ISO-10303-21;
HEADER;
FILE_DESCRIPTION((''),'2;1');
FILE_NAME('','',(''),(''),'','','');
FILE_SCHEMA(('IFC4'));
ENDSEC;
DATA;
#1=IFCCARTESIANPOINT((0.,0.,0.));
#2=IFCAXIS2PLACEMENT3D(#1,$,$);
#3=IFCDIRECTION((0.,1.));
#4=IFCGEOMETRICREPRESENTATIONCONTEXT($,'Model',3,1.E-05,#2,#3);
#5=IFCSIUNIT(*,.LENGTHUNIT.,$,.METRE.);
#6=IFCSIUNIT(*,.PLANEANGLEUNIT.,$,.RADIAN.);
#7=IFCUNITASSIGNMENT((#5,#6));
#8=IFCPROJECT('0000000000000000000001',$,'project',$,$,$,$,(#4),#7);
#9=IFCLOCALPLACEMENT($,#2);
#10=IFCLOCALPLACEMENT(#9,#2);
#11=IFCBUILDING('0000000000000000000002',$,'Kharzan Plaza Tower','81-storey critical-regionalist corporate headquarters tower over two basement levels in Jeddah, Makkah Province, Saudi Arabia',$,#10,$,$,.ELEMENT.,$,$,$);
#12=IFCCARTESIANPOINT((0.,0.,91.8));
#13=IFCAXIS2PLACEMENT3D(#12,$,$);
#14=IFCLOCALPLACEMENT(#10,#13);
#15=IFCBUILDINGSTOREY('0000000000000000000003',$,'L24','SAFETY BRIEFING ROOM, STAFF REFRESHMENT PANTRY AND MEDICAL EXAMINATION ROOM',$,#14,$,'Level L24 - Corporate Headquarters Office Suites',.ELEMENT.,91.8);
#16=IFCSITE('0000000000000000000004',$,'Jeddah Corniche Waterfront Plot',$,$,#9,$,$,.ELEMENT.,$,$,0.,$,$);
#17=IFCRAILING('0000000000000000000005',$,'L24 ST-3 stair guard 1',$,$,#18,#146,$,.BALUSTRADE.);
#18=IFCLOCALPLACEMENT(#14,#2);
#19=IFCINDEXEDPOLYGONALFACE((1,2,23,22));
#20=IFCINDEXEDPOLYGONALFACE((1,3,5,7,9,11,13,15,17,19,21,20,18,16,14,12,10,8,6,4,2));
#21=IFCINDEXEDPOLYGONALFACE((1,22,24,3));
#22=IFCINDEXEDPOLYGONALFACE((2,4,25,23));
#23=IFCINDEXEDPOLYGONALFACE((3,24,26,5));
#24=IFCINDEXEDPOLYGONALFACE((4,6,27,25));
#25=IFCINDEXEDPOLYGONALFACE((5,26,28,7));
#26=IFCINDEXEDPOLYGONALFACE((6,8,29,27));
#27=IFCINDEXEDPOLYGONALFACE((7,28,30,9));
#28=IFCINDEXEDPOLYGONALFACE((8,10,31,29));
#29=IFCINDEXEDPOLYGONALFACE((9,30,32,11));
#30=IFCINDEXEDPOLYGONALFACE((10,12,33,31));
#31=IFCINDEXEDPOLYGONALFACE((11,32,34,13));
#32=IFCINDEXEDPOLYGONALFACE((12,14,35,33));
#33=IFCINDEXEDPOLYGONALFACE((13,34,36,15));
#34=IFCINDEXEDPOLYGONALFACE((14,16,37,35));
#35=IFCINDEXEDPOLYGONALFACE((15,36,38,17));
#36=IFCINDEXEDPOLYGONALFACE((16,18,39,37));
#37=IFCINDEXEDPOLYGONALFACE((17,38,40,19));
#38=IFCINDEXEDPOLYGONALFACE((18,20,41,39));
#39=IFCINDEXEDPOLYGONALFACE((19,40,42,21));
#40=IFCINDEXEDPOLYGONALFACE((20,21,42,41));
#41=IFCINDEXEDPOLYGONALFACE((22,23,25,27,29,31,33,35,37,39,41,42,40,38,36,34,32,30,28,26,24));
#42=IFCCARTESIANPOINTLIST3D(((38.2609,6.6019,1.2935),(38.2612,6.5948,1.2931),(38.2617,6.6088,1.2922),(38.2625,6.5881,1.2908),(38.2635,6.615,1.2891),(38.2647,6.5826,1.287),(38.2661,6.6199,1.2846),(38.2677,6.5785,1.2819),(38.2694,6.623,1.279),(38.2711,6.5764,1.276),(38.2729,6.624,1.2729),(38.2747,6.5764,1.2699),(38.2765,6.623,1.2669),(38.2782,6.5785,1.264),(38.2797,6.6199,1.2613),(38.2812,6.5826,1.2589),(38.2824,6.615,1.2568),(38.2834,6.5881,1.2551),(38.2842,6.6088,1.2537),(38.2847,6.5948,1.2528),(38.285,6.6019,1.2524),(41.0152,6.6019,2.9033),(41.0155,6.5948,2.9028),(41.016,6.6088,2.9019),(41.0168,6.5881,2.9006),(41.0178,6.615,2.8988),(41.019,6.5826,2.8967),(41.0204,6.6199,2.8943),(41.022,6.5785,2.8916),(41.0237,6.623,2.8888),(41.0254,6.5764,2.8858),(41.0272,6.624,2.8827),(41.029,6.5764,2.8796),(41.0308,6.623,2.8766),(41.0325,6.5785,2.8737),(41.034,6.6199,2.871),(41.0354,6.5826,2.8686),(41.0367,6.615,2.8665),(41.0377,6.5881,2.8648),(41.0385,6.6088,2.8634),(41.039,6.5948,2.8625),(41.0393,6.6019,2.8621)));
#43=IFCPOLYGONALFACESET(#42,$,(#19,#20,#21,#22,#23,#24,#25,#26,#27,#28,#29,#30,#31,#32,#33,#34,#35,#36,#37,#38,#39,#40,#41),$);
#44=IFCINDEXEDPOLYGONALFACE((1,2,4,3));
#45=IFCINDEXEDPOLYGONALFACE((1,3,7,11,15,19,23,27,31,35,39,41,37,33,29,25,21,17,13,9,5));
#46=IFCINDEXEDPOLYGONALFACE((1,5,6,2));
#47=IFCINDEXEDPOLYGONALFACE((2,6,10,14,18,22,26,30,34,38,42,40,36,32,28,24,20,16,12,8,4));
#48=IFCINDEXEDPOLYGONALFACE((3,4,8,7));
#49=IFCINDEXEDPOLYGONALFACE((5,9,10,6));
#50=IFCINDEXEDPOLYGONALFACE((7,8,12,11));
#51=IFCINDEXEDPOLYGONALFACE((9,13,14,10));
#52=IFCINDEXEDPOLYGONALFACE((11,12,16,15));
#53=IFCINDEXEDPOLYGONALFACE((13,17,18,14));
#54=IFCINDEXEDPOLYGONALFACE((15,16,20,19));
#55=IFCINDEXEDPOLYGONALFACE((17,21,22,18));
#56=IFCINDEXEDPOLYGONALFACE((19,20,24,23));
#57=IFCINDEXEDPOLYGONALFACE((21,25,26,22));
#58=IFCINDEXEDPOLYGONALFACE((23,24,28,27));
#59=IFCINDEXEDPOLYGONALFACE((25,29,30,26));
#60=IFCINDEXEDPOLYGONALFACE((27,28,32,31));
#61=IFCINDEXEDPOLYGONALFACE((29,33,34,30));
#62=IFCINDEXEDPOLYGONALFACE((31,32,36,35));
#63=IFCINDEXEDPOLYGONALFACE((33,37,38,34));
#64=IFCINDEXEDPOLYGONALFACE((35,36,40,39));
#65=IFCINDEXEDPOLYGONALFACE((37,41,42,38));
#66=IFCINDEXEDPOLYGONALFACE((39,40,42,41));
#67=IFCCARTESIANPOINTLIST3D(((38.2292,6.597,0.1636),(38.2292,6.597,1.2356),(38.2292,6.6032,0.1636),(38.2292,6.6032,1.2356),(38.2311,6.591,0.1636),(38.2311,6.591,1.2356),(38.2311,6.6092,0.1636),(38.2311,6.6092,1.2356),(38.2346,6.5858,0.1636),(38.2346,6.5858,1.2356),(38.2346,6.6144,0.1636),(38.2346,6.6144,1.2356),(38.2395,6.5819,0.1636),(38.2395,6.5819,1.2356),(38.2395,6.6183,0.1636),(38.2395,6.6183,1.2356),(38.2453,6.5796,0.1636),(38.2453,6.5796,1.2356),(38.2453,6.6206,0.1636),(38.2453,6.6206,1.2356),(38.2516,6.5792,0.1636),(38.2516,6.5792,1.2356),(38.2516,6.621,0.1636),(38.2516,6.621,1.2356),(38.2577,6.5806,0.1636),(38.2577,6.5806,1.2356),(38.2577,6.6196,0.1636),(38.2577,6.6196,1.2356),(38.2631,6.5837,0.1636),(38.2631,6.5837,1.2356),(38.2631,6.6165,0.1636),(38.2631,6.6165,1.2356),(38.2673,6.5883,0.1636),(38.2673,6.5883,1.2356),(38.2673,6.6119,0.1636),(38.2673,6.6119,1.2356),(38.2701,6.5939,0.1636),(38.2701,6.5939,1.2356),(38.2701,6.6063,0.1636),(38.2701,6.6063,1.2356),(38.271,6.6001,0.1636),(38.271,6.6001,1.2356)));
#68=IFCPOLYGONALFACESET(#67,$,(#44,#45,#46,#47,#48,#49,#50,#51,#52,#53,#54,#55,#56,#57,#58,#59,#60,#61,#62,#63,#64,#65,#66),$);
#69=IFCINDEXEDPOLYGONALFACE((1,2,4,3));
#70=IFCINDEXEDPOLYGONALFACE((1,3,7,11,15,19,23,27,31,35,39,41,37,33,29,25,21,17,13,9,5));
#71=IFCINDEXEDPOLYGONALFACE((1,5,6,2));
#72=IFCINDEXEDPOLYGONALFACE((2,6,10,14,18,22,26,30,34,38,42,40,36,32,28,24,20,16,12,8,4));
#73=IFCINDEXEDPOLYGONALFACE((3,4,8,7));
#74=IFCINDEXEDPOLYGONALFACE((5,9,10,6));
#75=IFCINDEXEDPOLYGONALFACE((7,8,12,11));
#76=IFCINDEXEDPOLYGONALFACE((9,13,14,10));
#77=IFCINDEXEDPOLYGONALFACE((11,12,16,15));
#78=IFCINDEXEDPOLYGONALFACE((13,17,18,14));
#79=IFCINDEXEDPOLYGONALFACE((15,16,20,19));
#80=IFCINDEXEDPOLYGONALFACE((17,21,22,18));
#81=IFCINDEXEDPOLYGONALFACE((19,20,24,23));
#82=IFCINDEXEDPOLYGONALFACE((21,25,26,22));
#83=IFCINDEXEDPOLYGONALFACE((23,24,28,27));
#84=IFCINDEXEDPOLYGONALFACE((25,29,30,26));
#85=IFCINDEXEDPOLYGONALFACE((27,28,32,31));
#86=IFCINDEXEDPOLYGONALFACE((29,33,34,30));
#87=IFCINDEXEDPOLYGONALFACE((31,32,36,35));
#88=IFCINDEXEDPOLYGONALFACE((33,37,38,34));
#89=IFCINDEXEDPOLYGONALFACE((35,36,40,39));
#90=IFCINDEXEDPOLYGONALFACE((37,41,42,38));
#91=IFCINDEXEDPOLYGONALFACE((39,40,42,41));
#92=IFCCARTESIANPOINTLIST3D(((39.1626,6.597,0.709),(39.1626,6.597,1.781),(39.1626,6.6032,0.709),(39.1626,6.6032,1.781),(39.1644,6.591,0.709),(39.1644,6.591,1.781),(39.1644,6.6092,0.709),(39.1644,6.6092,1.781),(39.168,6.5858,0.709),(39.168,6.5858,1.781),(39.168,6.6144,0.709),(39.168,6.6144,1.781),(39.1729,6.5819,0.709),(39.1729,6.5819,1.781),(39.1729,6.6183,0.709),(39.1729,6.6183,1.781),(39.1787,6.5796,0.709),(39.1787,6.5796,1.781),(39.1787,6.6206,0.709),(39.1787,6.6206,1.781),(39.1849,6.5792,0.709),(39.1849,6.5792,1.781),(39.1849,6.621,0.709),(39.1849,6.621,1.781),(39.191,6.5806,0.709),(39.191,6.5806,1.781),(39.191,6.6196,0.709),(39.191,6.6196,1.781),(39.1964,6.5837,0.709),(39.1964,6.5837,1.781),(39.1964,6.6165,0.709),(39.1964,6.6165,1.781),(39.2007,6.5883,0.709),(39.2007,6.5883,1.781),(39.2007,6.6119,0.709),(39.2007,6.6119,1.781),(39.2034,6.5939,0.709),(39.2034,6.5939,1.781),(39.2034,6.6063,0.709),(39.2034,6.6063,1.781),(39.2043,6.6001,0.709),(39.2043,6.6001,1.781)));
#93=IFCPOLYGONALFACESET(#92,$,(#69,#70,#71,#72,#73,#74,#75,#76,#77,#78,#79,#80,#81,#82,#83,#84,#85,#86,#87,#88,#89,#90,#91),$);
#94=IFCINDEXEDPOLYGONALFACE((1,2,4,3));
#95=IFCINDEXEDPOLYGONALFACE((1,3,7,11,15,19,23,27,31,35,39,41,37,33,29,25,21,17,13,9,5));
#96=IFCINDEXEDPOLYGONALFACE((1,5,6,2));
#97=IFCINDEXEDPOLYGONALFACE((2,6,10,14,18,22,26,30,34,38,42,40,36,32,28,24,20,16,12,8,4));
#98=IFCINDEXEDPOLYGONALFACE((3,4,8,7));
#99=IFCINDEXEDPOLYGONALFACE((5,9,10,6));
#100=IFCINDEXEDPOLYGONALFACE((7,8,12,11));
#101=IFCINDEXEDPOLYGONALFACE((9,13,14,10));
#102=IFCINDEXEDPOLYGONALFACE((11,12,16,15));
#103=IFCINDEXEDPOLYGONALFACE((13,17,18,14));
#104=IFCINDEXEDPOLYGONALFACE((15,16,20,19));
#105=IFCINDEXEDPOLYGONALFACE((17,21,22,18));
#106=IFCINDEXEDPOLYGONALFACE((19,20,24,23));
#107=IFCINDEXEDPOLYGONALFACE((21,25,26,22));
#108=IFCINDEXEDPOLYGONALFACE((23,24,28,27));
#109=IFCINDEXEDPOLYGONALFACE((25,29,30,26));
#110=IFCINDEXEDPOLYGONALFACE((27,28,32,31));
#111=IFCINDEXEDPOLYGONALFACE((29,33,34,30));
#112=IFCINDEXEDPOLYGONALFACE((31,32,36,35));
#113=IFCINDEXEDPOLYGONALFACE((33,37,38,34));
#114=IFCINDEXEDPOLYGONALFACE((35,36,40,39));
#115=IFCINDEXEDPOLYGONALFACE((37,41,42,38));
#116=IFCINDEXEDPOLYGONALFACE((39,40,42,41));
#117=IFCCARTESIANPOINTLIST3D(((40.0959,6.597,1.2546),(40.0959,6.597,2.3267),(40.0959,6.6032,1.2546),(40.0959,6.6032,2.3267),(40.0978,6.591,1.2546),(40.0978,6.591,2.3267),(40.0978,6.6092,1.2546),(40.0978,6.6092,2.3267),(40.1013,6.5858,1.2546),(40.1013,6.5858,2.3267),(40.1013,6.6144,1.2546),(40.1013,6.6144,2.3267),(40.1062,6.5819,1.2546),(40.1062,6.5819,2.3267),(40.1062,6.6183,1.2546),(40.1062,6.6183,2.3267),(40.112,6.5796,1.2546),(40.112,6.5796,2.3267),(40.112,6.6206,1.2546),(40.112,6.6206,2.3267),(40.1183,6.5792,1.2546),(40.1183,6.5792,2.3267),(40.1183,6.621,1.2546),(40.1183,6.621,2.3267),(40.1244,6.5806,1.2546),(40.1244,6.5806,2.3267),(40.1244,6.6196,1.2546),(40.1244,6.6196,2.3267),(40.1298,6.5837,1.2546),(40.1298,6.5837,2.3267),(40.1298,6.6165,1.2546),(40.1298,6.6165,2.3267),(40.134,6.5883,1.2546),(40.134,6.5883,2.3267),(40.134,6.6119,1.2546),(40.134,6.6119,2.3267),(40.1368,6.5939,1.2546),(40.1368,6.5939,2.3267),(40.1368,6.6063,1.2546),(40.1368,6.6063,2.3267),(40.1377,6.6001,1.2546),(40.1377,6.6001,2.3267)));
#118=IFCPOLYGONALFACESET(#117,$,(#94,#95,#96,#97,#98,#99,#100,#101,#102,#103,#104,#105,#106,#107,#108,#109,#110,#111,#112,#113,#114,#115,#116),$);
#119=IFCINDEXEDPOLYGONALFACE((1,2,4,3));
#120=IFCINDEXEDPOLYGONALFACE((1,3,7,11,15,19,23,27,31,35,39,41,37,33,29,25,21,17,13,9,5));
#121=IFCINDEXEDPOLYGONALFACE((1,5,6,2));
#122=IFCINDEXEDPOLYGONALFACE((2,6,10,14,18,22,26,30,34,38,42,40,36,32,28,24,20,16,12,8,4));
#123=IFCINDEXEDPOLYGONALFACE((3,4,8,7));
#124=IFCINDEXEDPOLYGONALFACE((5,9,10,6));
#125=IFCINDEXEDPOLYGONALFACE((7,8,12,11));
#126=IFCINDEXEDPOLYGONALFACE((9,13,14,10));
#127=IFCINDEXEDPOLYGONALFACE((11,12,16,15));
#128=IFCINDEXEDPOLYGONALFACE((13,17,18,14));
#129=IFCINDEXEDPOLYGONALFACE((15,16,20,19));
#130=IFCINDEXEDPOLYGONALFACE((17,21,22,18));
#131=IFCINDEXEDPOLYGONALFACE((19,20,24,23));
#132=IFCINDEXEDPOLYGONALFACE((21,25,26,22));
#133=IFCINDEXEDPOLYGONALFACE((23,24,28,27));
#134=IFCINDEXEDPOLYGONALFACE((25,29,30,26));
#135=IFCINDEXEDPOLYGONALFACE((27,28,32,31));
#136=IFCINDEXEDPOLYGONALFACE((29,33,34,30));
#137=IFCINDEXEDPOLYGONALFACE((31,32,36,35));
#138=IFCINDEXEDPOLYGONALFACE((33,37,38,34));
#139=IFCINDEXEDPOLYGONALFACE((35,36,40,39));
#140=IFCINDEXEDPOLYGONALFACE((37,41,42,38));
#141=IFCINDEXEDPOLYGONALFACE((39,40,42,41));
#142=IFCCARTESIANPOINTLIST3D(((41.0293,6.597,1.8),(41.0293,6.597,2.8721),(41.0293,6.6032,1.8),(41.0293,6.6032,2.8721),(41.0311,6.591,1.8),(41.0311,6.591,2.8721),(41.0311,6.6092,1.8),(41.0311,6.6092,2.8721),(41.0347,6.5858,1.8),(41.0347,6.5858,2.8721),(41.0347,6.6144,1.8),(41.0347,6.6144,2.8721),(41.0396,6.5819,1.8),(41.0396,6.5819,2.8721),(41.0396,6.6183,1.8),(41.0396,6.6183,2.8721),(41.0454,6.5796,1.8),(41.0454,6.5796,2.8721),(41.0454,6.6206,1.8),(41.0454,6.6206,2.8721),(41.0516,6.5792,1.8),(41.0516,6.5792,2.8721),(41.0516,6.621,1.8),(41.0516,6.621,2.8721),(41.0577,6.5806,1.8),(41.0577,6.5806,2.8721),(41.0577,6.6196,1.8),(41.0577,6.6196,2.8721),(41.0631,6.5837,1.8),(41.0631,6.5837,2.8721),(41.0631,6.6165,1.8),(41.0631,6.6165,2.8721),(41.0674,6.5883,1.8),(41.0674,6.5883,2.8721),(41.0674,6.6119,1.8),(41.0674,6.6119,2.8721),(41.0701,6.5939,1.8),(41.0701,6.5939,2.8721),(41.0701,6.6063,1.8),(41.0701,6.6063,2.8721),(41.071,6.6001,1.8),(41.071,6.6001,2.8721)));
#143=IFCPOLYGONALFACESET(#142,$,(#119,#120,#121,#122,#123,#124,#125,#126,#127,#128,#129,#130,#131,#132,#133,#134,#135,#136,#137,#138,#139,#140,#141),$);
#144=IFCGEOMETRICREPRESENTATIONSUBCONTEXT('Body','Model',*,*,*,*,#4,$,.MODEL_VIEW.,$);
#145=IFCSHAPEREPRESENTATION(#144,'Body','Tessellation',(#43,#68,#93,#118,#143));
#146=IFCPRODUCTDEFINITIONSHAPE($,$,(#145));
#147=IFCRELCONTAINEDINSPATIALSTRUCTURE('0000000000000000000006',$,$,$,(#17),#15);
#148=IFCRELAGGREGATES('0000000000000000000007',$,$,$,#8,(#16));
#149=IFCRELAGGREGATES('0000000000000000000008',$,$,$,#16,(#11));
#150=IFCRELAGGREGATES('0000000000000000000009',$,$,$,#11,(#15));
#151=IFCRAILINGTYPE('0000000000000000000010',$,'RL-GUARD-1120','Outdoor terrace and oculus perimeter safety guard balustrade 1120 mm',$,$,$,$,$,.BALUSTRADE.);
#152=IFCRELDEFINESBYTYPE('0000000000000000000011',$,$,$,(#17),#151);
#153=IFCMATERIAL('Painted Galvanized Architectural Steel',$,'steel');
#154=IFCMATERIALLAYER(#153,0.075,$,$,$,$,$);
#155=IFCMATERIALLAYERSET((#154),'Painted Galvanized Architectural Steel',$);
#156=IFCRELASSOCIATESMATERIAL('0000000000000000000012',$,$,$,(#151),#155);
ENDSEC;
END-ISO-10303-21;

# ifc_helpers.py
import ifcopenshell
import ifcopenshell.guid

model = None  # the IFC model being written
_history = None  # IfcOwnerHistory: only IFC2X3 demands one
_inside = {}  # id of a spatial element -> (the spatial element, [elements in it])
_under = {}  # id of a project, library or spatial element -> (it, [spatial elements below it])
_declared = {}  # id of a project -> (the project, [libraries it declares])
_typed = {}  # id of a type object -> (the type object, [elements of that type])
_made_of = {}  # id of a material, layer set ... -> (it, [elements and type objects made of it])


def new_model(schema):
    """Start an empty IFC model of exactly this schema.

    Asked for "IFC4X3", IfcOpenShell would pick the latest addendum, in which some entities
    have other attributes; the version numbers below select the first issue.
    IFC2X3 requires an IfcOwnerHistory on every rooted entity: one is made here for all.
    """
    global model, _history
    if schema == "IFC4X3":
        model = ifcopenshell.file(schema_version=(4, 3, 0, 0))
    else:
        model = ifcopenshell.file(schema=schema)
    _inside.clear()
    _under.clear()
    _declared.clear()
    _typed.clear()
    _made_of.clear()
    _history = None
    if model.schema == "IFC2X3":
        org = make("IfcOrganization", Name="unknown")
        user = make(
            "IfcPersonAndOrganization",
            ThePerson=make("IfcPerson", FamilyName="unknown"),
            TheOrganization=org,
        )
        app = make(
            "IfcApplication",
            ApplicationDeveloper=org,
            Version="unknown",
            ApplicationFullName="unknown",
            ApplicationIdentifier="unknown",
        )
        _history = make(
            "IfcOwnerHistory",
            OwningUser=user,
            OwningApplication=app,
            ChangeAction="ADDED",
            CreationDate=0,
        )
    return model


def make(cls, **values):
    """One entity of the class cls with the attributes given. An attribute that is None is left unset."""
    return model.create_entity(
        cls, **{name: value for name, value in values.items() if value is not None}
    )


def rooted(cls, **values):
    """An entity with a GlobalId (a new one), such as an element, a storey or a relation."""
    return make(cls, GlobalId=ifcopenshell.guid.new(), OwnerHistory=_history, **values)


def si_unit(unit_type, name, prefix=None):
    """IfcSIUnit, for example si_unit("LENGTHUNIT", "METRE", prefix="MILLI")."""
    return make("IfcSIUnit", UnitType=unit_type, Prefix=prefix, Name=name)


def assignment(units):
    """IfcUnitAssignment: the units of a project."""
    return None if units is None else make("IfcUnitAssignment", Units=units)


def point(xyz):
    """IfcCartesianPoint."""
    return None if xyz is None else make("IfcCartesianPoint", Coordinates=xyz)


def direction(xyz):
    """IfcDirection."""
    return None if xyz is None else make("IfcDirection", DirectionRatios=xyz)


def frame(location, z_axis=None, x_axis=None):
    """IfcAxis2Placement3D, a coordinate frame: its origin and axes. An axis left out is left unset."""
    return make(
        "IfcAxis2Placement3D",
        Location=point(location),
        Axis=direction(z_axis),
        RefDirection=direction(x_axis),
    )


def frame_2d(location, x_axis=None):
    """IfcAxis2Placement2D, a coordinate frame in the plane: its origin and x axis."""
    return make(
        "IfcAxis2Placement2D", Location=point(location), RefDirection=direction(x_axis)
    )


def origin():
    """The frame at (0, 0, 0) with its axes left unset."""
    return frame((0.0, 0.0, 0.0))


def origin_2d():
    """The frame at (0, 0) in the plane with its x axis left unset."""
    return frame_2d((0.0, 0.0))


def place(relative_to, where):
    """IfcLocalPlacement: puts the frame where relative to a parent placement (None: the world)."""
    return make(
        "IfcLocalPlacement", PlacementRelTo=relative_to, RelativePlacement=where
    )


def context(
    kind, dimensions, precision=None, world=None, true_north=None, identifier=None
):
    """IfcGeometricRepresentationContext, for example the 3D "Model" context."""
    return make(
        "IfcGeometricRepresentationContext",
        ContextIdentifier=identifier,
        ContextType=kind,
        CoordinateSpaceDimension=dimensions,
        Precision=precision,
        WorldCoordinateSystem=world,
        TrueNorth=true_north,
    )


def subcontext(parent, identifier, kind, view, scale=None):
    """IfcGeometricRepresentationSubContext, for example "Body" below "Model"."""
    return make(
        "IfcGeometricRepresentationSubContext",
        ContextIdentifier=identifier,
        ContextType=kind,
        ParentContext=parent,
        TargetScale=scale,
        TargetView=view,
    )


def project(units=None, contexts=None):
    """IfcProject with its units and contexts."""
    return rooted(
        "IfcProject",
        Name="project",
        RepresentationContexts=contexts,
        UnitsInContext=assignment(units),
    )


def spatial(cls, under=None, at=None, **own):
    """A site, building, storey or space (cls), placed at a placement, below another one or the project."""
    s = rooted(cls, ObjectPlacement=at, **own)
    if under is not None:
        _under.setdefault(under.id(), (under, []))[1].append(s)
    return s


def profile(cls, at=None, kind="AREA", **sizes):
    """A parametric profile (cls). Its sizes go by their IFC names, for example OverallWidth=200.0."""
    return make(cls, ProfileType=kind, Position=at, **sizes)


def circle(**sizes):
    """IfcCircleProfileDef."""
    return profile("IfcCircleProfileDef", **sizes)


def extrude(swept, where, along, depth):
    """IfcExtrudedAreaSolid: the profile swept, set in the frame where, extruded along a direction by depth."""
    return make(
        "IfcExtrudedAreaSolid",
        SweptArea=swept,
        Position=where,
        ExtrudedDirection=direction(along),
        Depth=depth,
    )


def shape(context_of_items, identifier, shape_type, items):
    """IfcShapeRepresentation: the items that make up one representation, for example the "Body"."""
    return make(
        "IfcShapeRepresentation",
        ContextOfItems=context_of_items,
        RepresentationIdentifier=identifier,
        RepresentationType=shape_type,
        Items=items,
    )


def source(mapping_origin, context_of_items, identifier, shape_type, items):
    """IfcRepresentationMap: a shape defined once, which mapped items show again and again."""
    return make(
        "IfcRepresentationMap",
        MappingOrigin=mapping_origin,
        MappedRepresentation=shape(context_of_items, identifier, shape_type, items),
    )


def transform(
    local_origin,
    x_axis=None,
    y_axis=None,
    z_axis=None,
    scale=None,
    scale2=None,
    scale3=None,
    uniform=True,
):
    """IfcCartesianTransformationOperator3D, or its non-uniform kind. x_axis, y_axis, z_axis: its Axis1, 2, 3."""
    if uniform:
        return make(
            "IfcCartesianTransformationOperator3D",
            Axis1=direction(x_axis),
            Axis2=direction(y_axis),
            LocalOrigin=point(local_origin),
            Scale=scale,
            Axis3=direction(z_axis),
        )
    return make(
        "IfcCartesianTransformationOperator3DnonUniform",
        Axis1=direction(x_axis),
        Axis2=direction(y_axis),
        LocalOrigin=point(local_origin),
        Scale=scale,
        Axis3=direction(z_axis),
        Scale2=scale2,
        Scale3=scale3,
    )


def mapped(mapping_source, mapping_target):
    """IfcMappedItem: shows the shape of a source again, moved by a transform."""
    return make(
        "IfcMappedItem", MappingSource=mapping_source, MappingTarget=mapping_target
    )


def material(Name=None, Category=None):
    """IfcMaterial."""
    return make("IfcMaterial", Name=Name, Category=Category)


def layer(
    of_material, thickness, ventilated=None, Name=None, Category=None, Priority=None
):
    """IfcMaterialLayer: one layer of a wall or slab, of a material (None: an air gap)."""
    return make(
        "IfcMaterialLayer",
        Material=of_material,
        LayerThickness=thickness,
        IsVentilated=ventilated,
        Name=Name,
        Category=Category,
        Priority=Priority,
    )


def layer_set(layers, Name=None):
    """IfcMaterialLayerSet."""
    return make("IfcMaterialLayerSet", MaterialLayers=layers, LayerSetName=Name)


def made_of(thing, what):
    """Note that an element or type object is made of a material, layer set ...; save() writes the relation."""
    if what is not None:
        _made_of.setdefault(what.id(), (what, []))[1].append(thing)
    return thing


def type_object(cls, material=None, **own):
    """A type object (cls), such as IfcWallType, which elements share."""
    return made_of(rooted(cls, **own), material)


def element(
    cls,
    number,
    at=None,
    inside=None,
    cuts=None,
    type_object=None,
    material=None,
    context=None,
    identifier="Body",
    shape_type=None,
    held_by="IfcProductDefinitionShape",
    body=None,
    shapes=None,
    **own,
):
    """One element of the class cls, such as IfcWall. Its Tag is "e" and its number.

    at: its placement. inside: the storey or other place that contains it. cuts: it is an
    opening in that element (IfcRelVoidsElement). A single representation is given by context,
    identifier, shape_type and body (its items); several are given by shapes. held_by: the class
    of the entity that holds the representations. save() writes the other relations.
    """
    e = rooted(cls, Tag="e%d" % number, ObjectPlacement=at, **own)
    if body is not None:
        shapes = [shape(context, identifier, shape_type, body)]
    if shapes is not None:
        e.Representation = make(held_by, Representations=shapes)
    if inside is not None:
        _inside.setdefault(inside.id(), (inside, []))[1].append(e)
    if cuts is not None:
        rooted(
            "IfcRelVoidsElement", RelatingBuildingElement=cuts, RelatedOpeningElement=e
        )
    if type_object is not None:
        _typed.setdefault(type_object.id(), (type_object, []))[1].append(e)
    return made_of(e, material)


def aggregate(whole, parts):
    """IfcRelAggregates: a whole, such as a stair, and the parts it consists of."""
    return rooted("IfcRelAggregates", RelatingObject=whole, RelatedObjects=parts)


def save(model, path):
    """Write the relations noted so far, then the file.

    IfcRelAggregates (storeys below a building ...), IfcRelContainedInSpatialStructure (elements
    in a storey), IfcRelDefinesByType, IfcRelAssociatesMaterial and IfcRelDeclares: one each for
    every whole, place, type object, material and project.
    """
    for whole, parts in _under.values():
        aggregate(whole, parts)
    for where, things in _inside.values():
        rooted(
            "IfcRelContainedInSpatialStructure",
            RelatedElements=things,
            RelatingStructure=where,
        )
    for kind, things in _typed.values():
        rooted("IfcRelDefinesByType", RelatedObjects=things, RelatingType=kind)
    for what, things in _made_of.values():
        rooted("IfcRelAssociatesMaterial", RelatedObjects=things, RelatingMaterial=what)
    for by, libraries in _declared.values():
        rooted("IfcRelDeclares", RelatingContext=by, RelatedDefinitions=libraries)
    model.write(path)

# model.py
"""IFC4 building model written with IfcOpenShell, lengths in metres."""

from ifc_helpers import new_model, si_unit, direction, frame, origin, origin_2d, place, context, subcontext, project, spatial, circle, extrude, source, transform, mapped, material, layer, layer_set, type_object, element, save


model = new_model("IFC4")

# Units and contexts
model_context = context("Model", 3, precision=1e-05, world=origin(), true_north=direction((0.0, 1.0)))
body_context = subcontext(model_context, "Body", "Model", "MODEL_VIEW")
ifc_project = project(units=[si_unit("LENGTHUNIT", "METRE"), si_unit("PLANEANGLEUNIT", "RADIAN")], contexts=[model_context])

# Site, building, storey
site_placement = place(None, origin())
site = spatial("IfcSite", under=ifc_project, at=site_placement, Name="Jeddah Corniche Waterfront Plot", CompositionType="ELEMENT", RefElevation=0.0)
building_placement = place(site_placement, origin())
building = spatial("IfcBuilding", under=site, at=building_placement, Name="Kharzan Plaza Tower", Description="81-storey critical-regionalist corporate headquarters tower over two basement levels in Jeddah, Makkah Province, Saudi Arabia", CompositionType="ELEMENT")
storey_placement = place(building_placement, frame((0.0, 0.0, 91.8)))
storey = spatial("IfcBuildingStorey", under=building, at=storey_placement, Name="L24", Description="SAFETY BRIEFING ROOM, STAFF REFRESHMENT PANTRY AND MEDICAL EXAMINATION ROOM", LongName="Level L24 - Corporate Headquarters Office Suites", CompositionType="ELEMENT", Elevation=91.8)

# Railing
ifc_material_1 = material(Name="Painted Galvanized Architectural Steel", Category="steel")
ifc_layer_1 = layer(ifc_material_1, 0.075)
ifc_layer_set_1 = layer_set([ifc_layer_1], Name="Painted Galvanized Architectural Steel")
railing_type_1 = type_object("IfcRailingType", Name="RL-GUARD-1120", Description="Outdoor terrace and oculus perimeter safety guard balustrade 1120 mm", PredefinedType="BALUSTRADE", material=ifc_layer_set_1)
shared_shape_1 = source(origin(), body_context, "Body", "SweptSolid", [
    extrude(circle(Radius=0.0239, at=origin_2d()), frame((0.0229, 0.0, 1.1094), z_axis=(0.863361, 0.0, 0.504587), x_axis=(0.0, 1.0, 0.0)), (0.0, 0.0, 1.0), 3.1902),
    extrude(circle(Radius=0.021, at=origin_2d()), origin(), (0.0, 0.0, 1.0), 1.072),
    extrude(circle(Radius=0.021, at=origin_2d()), frame((0.9333, 0.0, 0.5454)), (0.0, 0.0, 1.0), 1.072),
    extrude(circle(Radius=0.021, at=origin_2d()), frame((1.8667, 0.0, 1.0911)), (0.0, 0.0, 1.0), 1.072),
    extrude(circle(Radius=0.021, at=origin_2d()), frame((2.8, 0.0, 1.6365)), (0.0, 0.0, 1.0), 1.072),
])
railing_1_placement = place(storey_placement, frame((38.25, 6.6001, 0.1636)))
element("IfcRailing", 1, at=railing_1_placement, inside=storey, type_object=railing_type_1, Name="L24 ST-3 stair guard 1", PredefinedType="BALUSTRADE", context=body_context, shape_type="MappedRepresentation", body=[
    mapped(shared_shape_1, transform((0.0, 0.0, 0.0), x_axis=(1.0, 0.0, 0.0), y_axis=(0.0, 1.0, 0.0), z_axis=(0.0, 0.0, 1.0))),
])

save(model, "model.ifc")
